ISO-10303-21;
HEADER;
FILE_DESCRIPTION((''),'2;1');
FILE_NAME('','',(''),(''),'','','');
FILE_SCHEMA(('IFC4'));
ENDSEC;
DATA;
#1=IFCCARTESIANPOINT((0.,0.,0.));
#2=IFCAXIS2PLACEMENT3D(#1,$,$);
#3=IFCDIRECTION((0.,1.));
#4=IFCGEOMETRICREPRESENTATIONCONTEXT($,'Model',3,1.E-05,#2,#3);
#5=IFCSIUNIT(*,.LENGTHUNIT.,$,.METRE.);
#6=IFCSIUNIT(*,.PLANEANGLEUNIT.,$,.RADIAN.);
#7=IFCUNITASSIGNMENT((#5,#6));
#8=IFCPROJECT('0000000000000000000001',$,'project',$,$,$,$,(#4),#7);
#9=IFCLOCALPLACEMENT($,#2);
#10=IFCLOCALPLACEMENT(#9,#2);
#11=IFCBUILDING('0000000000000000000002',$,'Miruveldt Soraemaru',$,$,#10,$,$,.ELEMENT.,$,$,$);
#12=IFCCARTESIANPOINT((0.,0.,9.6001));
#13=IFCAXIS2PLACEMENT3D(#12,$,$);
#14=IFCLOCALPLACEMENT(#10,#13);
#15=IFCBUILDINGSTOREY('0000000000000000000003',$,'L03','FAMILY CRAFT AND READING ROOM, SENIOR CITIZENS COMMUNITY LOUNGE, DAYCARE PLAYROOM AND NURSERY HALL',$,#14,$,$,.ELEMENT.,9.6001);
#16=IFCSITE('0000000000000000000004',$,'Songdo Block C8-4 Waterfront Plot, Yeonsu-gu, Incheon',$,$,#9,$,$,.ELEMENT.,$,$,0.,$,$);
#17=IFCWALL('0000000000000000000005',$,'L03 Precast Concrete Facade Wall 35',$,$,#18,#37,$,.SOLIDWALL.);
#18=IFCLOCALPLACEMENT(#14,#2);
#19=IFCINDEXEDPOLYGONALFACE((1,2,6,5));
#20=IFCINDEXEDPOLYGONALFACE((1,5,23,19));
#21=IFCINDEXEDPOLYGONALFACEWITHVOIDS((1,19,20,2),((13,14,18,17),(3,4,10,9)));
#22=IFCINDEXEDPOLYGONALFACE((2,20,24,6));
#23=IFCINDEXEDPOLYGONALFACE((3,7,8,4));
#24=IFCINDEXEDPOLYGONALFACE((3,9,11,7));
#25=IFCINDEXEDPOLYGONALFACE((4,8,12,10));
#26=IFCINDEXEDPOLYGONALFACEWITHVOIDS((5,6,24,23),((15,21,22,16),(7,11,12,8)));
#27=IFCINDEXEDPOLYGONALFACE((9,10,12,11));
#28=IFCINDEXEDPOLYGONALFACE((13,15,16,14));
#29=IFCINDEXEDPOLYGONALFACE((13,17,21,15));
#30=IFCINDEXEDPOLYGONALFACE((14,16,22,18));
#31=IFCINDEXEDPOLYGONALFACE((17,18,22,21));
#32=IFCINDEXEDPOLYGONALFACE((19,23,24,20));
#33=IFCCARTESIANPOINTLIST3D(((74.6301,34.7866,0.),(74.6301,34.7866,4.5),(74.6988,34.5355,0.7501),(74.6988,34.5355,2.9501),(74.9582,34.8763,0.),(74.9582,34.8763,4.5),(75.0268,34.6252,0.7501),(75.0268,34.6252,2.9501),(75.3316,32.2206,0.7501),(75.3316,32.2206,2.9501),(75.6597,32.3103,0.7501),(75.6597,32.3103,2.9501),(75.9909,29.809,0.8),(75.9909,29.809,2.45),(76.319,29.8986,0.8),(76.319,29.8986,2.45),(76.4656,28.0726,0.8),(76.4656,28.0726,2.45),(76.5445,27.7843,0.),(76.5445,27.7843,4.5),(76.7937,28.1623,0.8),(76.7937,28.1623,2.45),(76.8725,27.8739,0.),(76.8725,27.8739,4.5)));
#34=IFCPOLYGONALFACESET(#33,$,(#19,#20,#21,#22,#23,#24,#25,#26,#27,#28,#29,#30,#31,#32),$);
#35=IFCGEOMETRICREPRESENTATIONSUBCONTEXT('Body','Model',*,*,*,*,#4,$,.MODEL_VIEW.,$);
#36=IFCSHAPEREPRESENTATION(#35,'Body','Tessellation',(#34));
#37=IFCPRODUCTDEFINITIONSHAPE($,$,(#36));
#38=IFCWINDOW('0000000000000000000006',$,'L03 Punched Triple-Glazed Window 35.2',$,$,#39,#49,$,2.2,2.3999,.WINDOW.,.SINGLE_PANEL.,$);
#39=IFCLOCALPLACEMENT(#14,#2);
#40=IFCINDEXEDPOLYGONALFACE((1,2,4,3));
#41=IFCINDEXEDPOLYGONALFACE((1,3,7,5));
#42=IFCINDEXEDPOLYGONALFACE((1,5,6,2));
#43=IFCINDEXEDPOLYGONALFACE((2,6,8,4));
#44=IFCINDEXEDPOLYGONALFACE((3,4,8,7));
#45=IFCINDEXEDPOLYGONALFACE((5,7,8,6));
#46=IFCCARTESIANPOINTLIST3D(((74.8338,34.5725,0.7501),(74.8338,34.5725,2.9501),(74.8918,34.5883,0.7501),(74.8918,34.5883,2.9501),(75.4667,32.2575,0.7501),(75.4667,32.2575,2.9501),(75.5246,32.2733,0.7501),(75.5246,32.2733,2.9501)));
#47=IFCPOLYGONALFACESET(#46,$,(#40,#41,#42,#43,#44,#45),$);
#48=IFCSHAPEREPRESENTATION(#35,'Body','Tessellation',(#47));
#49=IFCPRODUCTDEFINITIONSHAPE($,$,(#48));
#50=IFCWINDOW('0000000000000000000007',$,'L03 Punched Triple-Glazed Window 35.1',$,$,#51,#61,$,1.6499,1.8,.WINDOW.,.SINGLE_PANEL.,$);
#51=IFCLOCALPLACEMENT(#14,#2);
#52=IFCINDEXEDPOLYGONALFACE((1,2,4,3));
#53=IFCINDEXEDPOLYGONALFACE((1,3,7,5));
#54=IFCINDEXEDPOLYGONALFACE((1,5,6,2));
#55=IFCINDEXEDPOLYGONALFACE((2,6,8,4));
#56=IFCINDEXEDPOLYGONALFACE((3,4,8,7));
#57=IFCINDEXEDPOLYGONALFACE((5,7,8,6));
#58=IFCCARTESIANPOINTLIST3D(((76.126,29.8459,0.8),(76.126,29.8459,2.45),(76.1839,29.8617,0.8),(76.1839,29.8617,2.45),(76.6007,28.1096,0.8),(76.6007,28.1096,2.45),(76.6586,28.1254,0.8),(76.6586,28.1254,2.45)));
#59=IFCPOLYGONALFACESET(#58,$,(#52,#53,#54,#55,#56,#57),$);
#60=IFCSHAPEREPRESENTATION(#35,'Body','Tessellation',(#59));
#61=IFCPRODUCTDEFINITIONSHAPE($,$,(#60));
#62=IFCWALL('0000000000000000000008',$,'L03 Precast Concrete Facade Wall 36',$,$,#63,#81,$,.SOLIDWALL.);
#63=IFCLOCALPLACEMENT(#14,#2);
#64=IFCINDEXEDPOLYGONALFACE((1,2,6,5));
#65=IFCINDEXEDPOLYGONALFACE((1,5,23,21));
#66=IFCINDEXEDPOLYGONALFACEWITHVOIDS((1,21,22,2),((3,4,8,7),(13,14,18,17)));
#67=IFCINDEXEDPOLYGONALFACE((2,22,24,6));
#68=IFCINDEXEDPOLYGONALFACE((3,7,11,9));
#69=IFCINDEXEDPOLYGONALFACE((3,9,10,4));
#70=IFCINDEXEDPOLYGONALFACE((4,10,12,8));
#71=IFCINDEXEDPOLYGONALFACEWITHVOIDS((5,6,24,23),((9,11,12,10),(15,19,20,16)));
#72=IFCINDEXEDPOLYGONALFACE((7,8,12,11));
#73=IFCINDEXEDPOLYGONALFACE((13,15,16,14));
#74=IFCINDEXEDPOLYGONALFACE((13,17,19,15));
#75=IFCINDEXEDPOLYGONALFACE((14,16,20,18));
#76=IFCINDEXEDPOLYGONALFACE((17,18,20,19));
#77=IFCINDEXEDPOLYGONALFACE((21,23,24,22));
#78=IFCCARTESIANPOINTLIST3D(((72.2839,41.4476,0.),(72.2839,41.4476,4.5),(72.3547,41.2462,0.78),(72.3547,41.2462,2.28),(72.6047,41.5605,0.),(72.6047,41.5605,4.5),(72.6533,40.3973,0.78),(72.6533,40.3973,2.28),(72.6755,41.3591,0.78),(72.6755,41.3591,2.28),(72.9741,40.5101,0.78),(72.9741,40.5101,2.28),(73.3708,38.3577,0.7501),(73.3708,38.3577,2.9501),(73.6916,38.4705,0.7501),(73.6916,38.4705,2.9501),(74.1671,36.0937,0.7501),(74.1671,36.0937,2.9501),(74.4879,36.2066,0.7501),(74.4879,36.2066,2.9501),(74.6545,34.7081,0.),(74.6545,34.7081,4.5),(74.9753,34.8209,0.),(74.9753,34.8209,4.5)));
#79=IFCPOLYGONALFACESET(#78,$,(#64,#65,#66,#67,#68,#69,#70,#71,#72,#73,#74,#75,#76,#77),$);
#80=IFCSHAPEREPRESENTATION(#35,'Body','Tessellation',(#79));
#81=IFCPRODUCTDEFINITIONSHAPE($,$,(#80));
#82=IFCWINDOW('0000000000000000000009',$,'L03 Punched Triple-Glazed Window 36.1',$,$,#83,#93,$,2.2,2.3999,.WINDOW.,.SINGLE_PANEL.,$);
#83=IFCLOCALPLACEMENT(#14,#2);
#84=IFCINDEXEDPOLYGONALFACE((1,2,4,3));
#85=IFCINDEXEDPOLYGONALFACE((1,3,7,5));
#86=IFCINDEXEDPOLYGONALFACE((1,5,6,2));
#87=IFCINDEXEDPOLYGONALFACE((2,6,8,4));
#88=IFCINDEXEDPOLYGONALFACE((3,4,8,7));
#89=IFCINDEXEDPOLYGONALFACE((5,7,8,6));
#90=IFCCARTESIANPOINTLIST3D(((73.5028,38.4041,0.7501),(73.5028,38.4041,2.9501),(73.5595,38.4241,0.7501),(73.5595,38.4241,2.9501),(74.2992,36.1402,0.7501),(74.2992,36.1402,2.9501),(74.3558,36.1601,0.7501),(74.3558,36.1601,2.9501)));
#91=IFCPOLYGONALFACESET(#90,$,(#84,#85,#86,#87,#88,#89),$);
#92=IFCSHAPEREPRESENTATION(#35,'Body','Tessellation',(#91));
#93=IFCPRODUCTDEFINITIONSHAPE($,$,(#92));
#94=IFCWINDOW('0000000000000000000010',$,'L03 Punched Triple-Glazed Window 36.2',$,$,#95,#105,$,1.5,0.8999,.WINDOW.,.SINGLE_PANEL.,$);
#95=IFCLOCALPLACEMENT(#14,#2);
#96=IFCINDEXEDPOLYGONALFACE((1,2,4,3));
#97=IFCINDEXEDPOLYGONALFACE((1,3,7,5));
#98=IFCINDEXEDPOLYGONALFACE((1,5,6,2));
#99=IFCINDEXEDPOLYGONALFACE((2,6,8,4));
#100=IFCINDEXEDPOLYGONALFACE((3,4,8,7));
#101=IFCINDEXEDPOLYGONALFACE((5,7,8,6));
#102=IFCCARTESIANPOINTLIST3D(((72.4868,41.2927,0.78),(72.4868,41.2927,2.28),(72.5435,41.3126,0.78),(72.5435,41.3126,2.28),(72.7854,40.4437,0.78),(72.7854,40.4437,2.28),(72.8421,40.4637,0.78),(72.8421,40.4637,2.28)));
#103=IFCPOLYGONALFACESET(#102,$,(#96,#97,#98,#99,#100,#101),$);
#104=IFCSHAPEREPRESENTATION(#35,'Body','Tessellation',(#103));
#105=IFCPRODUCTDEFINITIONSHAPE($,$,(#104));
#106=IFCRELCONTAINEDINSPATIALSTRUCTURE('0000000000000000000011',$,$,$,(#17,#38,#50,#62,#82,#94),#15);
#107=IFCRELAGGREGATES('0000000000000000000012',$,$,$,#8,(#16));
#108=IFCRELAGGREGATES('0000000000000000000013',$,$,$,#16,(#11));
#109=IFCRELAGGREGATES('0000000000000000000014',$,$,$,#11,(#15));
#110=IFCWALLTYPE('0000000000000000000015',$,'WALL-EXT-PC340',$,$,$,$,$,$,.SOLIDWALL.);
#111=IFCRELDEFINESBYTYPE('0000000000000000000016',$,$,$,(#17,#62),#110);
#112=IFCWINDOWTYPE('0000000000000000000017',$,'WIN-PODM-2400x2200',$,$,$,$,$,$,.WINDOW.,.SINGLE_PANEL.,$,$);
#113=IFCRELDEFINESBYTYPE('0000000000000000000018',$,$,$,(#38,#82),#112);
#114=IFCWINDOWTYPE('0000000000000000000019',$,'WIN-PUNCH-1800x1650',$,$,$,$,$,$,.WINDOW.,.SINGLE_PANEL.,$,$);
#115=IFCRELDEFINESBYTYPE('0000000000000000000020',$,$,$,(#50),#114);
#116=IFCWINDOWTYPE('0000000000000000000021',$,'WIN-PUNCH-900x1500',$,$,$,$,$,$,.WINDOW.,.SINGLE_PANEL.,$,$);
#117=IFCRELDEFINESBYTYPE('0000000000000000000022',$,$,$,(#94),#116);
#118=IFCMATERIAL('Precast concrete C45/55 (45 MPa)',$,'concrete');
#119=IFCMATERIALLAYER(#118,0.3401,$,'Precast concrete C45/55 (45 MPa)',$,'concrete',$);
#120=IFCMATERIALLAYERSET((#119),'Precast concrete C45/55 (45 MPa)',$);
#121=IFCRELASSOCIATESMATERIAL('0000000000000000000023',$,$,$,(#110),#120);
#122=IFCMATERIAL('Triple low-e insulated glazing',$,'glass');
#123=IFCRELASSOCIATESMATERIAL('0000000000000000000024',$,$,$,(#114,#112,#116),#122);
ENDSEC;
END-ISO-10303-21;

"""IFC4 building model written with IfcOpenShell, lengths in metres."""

from ifc_helpers import new_model, si_unit, direction, frame, frame_2d, origin, place, context, subcontext, project, spatial, rectangle, extrude, material, layer, layer_set, type_object, element, fill, save


model = new_model("IFC4")

# Units and contexts
model_context = context("Model", 3, precision=1e-05, world=origin(), true_north=direction((0.0, 1.0)))
body_context = subcontext(model_context, "Body", "Model", "MODEL_VIEW")
ifc_project = project(units=[si_unit("LENGTHUNIT", "METRE"), si_unit("PLANEANGLEUNIT", "RADIAN")], contexts=[model_context])

# Site, building, storey
site_placement = place(None, origin())
site = spatial("IfcSite", under=ifc_project, at=site_placement, Name="Songdo Block C8-4 Waterfront Plot, Yeonsu-gu, Incheon", CompositionType="ELEMENT", RefElevation=0.0)
building_placement = place(site_placement, origin())
building = spatial("IfcBuilding", under=site, at=building_placement, Name="Miruveldt Soraemaru", CompositionType="ELEMENT")
storey_placement = place(building_placement, frame((0.0, 0.0, 9.6001)))
storey = spatial("IfcBuildingStorey", under=building, at=storey_placement, Name="L03", Description="FAMILY CRAFT AND READING ROOM, SENIOR CITIZENS COMMUNITY LOUNGE, DAYCARE PLAYROOM AND NURSERY HALL", CompositionType="ELEMENT", Elevation=9.6001)

# Shared definitions
ifc_material_1 = material(Name="Precast concrete C45/55 (45 MPa)", Category="concrete")
ifc_layer = layer(ifc_material_1, 0.3401, Name="Precast concrete C45/55 (45 MPa)", Category="concrete")
ifc_layer_set = layer_set([ifc_layer], Name="Precast concrete C45/55 (45 MPa)")
wall_type = type_object("IfcWallType", Name="WALL-EXT-PC340", PredefinedType="SOLIDWALL", material=ifc_layer_set)
ifc_material_2 = material(Name="Triple low-e insulated glazing", Category="glass")
window_type_1 = type_object("IfcWindowType", Name="WIN-PUNCH-1800x1650", PartitioningType="SINGLE_PANEL", PredefinedType="WINDOW", material=ifc_material_2)
window_type_2 = type_object("IfcWindowType", Name="WIN-PODM-2400x2200", PartitioningType="SINGLE_PANEL", PredefinedType="WINDOW", material=ifc_material_2)

# Walls, openings, windows
wall_1_placement = place(storey_placement, frame((76.7085, 27.8291, 0.0), z_axis=(0.0, 0.0, 1.0), x_axis=(-0.263709, 0.964602, 0.0)))
wall_1 = element("IfcWall", 1, at=wall_1_placement, inside=storey, type_object=wall_type, Name="L03 Precast Concrete Facade Wall 35", PredefinedType="SOLIDWALL", context=body_context, shape_type="SweptSolid", body=[
    extrude(rectangle(XDim=7.2593, YDim=0.3401, at=frame_2d((3.6296, 0.0))), origin(), (0.0, 0.0, 1.0), 4.5),
])
opening_1_placement = place(wall_1_placement, frame((0.2991, 0.0, 0.8)))
opening_1 = element("IfcOpeningElement", 2, at=opening_1_placement, cuts=wall_1, PredefinedType="OPENING", context=body_context, shape_type="SweptSolid", body=[
    extrude(rectangle(XDim=1.8, YDim=1.6499, at=frame_2d((0.8999, 0.825))), frame((0.0, 0.1802, 0.0), z_axis=(0.0, -1.0, 0.0), x_axis=(1.0, 0.0, 0.0)), (0.0, 0.0, 1.0), 0.3601),
])
opening_2_placement = place(wall_1_placement, frame((4.5991, 0.0, 0.75)))
opening_2 = element("IfcOpeningElement", 3, at=opening_2_placement, cuts=wall_1, PredefinedType="OPENING", context=body_context, shape_type="SweptSolid", body=[
    extrude(rectangle(XDim=2.3999, YDim=2.2, at=frame_2d((1.2, 1.1001))), frame((0.0, 0.1802, 0.0), z_axis=(0.0, -1.0, 0.0), x_axis=(1.0, 0.0, 0.0)), (0.0, 0.0, 1.0), 0.3601),
])
window_1_placement = place(opening_2_placement, origin())
window_1 = element("IfcWindow", 4, at=window_1_placement, inside=storey, type_object=window_type_2, Name="L03 Punched Triple-Glazed Window 35.2", OverallHeight=2.2, OverallWidth=2.3999, PartitioningType="SINGLE_PANEL", PredefinedType="WINDOW", context=body_context, shape_type="SweptSolid", body=[
    extrude(rectangle(XDim=2.3999, YDim=2.2, at=frame_2d((1.2, 1.1001))), frame((0.0, 0.03, 0.0), z_axis=(0.0, -1.0, 0.0), x_axis=(1.0, 0.0, 0.0)), (0.0, 0.0, 1.0), 0.0601),
])
fill(opening_2, window_1)
window_2_placement = place(opening_1_placement, origin())
window_2 = element("IfcWindow", 5, at=window_2_placement, inside=storey, type_object=window_type_1, Name="L03 Punched Triple-Glazed Window 35.1", OverallHeight=1.6499, OverallWidth=1.8, PartitioningType="SINGLE_PANEL", PredefinedType="WINDOW", context=body_context, shape_type="SweptSolid", body=[
    extrude(rectangle(XDim=1.8, YDim=1.6499, at=frame_2d((0.8999, 0.825))), frame((0.0, 0.03, 0.0), z_axis=(0.0, -1.0, 0.0), x_axis=(1.0, 0.0, 0.0)), (0.0, 0.0, 1.0), 0.0601),
])
fill(opening_1, window_2)
wall_2_placement = place(storey_placement, frame((74.8149, 34.7644, 0.0), z_axis=(0.0, 0.0, 1.0), x_axis=(-0.331819, 0.943343, 0.0)))
wall_2 = element("IfcWall", 6, at=wall_2_placement, inside=storey, type_object=wall_type, Name="L03 Precast Concrete Facade Wall 36", PredefinedType="SOLIDWALL", context=body_context, shape_type="SweptSolid", body=[
    extrude(rectangle(XDim=7.1443, YDim=0.3401, at=frame_2d((3.5723, 0.0))), origin(), (0.0, 0.0, 1.0), 4.5),
])
opening_3_placement = place(wall_2_placement, frame((1.469, 0.0, 0.75)))
opening_3 = element("IfcOpeningElement", 7, at=opening_3_placement, cuts=wall_2, PredefinedType="OPENING", context=body_context, shape_type="SweptSolid", body=[
    extrude(rectangle(XDim=2.3999, YDim=2.2, at=frame_2d((1.2, 1.1001))), frame((0.0, 0.1802, 0.0), z_axis=(0.0, -1.0, 0.0), x_axis=(1.0, 0.0, 0.0)), (0.0, 0.0, 1.0), 0.3601),
])
opening_4_placement = place(wall_2_placement, frame((6.031, 0.0, 0.78)))
opening_4 = element("IfcOpeningElement", 8, at=opening_4_placement, cuts=wall_2, PredefinedType="OPENING", context=body_context, shape_type="SweptSolid", body=[
    extrude(rectangle(XDim=0.8999, YDim=1.5, at=frame_2d((0.45, 0.75))), frame((0.0, 0.1802, 0.0), z_axis=(0.0, -1.0, 0.0), x_axis=(1.0, 0.0, 0.0)), (0.0, 0.0, 1.0), 0.3601),
])
window_3_placement = place(opening_3_placement, origin())
window_3 = element("IfcWindow", 9, at=window_3_placement, inside=storey, type_object=window_type_2, Name="L03 Punched Triple-Glazed Window 36.1", OverallHeight=2.2, OverallWidth=2.3999, PartitioningType="SINGLE_PANEL", PredefinedType="WINDOW", context=body_context, shape_type="SweptSolid", body=[
    extrude(rectangle(XDim=2.3999, YDim=2.2, at=frame_2d((1.2, 1.1001))), frame((0.0, 0.03, 0.0), z_axis=(0.0, -1.0, 0.0), x_axis=(1.0, 0.0, 0.0)), (0.0, 0.0, 1.0), 0.0601),
])
fill(opening_3, window_3)
window_type_3 = type_object("IfcWindowType", Name="WIN-PUNCH-900x1500", PartitioningType="SINGLE_PANEL", PredefinedType="WINDOW", material=ifc_material_2)
window_4_placement = place(opening_4_placement, origin())
window_4 = element("IfcWindow", 10, at=window_4_placement, inside=storey, type_object=window_type_3, Name="L03 Punched Triple-Glazed Window 36.2", OverallHeight=1.5, OverallWidth=0.8999, PartitioningType="SINGLE_PANEL", PredefinedType="WINDOW", context=body_context, shape_type="SweptSolid", body=[
    extrude(rectangle(XDim=0.8999, YDim=1.5, at=frame_2d((0.45, 0.75))), frame((0.0, 0.03, 0.0), z_axis=(0.0, -1.0, 0.0), x_axis=(1.0, 0.0, 0.0)), (0.0, 0.0, 1.0), 0.0601),
])
fill(opening_4, window_4)

save(model, "model.ifc")
